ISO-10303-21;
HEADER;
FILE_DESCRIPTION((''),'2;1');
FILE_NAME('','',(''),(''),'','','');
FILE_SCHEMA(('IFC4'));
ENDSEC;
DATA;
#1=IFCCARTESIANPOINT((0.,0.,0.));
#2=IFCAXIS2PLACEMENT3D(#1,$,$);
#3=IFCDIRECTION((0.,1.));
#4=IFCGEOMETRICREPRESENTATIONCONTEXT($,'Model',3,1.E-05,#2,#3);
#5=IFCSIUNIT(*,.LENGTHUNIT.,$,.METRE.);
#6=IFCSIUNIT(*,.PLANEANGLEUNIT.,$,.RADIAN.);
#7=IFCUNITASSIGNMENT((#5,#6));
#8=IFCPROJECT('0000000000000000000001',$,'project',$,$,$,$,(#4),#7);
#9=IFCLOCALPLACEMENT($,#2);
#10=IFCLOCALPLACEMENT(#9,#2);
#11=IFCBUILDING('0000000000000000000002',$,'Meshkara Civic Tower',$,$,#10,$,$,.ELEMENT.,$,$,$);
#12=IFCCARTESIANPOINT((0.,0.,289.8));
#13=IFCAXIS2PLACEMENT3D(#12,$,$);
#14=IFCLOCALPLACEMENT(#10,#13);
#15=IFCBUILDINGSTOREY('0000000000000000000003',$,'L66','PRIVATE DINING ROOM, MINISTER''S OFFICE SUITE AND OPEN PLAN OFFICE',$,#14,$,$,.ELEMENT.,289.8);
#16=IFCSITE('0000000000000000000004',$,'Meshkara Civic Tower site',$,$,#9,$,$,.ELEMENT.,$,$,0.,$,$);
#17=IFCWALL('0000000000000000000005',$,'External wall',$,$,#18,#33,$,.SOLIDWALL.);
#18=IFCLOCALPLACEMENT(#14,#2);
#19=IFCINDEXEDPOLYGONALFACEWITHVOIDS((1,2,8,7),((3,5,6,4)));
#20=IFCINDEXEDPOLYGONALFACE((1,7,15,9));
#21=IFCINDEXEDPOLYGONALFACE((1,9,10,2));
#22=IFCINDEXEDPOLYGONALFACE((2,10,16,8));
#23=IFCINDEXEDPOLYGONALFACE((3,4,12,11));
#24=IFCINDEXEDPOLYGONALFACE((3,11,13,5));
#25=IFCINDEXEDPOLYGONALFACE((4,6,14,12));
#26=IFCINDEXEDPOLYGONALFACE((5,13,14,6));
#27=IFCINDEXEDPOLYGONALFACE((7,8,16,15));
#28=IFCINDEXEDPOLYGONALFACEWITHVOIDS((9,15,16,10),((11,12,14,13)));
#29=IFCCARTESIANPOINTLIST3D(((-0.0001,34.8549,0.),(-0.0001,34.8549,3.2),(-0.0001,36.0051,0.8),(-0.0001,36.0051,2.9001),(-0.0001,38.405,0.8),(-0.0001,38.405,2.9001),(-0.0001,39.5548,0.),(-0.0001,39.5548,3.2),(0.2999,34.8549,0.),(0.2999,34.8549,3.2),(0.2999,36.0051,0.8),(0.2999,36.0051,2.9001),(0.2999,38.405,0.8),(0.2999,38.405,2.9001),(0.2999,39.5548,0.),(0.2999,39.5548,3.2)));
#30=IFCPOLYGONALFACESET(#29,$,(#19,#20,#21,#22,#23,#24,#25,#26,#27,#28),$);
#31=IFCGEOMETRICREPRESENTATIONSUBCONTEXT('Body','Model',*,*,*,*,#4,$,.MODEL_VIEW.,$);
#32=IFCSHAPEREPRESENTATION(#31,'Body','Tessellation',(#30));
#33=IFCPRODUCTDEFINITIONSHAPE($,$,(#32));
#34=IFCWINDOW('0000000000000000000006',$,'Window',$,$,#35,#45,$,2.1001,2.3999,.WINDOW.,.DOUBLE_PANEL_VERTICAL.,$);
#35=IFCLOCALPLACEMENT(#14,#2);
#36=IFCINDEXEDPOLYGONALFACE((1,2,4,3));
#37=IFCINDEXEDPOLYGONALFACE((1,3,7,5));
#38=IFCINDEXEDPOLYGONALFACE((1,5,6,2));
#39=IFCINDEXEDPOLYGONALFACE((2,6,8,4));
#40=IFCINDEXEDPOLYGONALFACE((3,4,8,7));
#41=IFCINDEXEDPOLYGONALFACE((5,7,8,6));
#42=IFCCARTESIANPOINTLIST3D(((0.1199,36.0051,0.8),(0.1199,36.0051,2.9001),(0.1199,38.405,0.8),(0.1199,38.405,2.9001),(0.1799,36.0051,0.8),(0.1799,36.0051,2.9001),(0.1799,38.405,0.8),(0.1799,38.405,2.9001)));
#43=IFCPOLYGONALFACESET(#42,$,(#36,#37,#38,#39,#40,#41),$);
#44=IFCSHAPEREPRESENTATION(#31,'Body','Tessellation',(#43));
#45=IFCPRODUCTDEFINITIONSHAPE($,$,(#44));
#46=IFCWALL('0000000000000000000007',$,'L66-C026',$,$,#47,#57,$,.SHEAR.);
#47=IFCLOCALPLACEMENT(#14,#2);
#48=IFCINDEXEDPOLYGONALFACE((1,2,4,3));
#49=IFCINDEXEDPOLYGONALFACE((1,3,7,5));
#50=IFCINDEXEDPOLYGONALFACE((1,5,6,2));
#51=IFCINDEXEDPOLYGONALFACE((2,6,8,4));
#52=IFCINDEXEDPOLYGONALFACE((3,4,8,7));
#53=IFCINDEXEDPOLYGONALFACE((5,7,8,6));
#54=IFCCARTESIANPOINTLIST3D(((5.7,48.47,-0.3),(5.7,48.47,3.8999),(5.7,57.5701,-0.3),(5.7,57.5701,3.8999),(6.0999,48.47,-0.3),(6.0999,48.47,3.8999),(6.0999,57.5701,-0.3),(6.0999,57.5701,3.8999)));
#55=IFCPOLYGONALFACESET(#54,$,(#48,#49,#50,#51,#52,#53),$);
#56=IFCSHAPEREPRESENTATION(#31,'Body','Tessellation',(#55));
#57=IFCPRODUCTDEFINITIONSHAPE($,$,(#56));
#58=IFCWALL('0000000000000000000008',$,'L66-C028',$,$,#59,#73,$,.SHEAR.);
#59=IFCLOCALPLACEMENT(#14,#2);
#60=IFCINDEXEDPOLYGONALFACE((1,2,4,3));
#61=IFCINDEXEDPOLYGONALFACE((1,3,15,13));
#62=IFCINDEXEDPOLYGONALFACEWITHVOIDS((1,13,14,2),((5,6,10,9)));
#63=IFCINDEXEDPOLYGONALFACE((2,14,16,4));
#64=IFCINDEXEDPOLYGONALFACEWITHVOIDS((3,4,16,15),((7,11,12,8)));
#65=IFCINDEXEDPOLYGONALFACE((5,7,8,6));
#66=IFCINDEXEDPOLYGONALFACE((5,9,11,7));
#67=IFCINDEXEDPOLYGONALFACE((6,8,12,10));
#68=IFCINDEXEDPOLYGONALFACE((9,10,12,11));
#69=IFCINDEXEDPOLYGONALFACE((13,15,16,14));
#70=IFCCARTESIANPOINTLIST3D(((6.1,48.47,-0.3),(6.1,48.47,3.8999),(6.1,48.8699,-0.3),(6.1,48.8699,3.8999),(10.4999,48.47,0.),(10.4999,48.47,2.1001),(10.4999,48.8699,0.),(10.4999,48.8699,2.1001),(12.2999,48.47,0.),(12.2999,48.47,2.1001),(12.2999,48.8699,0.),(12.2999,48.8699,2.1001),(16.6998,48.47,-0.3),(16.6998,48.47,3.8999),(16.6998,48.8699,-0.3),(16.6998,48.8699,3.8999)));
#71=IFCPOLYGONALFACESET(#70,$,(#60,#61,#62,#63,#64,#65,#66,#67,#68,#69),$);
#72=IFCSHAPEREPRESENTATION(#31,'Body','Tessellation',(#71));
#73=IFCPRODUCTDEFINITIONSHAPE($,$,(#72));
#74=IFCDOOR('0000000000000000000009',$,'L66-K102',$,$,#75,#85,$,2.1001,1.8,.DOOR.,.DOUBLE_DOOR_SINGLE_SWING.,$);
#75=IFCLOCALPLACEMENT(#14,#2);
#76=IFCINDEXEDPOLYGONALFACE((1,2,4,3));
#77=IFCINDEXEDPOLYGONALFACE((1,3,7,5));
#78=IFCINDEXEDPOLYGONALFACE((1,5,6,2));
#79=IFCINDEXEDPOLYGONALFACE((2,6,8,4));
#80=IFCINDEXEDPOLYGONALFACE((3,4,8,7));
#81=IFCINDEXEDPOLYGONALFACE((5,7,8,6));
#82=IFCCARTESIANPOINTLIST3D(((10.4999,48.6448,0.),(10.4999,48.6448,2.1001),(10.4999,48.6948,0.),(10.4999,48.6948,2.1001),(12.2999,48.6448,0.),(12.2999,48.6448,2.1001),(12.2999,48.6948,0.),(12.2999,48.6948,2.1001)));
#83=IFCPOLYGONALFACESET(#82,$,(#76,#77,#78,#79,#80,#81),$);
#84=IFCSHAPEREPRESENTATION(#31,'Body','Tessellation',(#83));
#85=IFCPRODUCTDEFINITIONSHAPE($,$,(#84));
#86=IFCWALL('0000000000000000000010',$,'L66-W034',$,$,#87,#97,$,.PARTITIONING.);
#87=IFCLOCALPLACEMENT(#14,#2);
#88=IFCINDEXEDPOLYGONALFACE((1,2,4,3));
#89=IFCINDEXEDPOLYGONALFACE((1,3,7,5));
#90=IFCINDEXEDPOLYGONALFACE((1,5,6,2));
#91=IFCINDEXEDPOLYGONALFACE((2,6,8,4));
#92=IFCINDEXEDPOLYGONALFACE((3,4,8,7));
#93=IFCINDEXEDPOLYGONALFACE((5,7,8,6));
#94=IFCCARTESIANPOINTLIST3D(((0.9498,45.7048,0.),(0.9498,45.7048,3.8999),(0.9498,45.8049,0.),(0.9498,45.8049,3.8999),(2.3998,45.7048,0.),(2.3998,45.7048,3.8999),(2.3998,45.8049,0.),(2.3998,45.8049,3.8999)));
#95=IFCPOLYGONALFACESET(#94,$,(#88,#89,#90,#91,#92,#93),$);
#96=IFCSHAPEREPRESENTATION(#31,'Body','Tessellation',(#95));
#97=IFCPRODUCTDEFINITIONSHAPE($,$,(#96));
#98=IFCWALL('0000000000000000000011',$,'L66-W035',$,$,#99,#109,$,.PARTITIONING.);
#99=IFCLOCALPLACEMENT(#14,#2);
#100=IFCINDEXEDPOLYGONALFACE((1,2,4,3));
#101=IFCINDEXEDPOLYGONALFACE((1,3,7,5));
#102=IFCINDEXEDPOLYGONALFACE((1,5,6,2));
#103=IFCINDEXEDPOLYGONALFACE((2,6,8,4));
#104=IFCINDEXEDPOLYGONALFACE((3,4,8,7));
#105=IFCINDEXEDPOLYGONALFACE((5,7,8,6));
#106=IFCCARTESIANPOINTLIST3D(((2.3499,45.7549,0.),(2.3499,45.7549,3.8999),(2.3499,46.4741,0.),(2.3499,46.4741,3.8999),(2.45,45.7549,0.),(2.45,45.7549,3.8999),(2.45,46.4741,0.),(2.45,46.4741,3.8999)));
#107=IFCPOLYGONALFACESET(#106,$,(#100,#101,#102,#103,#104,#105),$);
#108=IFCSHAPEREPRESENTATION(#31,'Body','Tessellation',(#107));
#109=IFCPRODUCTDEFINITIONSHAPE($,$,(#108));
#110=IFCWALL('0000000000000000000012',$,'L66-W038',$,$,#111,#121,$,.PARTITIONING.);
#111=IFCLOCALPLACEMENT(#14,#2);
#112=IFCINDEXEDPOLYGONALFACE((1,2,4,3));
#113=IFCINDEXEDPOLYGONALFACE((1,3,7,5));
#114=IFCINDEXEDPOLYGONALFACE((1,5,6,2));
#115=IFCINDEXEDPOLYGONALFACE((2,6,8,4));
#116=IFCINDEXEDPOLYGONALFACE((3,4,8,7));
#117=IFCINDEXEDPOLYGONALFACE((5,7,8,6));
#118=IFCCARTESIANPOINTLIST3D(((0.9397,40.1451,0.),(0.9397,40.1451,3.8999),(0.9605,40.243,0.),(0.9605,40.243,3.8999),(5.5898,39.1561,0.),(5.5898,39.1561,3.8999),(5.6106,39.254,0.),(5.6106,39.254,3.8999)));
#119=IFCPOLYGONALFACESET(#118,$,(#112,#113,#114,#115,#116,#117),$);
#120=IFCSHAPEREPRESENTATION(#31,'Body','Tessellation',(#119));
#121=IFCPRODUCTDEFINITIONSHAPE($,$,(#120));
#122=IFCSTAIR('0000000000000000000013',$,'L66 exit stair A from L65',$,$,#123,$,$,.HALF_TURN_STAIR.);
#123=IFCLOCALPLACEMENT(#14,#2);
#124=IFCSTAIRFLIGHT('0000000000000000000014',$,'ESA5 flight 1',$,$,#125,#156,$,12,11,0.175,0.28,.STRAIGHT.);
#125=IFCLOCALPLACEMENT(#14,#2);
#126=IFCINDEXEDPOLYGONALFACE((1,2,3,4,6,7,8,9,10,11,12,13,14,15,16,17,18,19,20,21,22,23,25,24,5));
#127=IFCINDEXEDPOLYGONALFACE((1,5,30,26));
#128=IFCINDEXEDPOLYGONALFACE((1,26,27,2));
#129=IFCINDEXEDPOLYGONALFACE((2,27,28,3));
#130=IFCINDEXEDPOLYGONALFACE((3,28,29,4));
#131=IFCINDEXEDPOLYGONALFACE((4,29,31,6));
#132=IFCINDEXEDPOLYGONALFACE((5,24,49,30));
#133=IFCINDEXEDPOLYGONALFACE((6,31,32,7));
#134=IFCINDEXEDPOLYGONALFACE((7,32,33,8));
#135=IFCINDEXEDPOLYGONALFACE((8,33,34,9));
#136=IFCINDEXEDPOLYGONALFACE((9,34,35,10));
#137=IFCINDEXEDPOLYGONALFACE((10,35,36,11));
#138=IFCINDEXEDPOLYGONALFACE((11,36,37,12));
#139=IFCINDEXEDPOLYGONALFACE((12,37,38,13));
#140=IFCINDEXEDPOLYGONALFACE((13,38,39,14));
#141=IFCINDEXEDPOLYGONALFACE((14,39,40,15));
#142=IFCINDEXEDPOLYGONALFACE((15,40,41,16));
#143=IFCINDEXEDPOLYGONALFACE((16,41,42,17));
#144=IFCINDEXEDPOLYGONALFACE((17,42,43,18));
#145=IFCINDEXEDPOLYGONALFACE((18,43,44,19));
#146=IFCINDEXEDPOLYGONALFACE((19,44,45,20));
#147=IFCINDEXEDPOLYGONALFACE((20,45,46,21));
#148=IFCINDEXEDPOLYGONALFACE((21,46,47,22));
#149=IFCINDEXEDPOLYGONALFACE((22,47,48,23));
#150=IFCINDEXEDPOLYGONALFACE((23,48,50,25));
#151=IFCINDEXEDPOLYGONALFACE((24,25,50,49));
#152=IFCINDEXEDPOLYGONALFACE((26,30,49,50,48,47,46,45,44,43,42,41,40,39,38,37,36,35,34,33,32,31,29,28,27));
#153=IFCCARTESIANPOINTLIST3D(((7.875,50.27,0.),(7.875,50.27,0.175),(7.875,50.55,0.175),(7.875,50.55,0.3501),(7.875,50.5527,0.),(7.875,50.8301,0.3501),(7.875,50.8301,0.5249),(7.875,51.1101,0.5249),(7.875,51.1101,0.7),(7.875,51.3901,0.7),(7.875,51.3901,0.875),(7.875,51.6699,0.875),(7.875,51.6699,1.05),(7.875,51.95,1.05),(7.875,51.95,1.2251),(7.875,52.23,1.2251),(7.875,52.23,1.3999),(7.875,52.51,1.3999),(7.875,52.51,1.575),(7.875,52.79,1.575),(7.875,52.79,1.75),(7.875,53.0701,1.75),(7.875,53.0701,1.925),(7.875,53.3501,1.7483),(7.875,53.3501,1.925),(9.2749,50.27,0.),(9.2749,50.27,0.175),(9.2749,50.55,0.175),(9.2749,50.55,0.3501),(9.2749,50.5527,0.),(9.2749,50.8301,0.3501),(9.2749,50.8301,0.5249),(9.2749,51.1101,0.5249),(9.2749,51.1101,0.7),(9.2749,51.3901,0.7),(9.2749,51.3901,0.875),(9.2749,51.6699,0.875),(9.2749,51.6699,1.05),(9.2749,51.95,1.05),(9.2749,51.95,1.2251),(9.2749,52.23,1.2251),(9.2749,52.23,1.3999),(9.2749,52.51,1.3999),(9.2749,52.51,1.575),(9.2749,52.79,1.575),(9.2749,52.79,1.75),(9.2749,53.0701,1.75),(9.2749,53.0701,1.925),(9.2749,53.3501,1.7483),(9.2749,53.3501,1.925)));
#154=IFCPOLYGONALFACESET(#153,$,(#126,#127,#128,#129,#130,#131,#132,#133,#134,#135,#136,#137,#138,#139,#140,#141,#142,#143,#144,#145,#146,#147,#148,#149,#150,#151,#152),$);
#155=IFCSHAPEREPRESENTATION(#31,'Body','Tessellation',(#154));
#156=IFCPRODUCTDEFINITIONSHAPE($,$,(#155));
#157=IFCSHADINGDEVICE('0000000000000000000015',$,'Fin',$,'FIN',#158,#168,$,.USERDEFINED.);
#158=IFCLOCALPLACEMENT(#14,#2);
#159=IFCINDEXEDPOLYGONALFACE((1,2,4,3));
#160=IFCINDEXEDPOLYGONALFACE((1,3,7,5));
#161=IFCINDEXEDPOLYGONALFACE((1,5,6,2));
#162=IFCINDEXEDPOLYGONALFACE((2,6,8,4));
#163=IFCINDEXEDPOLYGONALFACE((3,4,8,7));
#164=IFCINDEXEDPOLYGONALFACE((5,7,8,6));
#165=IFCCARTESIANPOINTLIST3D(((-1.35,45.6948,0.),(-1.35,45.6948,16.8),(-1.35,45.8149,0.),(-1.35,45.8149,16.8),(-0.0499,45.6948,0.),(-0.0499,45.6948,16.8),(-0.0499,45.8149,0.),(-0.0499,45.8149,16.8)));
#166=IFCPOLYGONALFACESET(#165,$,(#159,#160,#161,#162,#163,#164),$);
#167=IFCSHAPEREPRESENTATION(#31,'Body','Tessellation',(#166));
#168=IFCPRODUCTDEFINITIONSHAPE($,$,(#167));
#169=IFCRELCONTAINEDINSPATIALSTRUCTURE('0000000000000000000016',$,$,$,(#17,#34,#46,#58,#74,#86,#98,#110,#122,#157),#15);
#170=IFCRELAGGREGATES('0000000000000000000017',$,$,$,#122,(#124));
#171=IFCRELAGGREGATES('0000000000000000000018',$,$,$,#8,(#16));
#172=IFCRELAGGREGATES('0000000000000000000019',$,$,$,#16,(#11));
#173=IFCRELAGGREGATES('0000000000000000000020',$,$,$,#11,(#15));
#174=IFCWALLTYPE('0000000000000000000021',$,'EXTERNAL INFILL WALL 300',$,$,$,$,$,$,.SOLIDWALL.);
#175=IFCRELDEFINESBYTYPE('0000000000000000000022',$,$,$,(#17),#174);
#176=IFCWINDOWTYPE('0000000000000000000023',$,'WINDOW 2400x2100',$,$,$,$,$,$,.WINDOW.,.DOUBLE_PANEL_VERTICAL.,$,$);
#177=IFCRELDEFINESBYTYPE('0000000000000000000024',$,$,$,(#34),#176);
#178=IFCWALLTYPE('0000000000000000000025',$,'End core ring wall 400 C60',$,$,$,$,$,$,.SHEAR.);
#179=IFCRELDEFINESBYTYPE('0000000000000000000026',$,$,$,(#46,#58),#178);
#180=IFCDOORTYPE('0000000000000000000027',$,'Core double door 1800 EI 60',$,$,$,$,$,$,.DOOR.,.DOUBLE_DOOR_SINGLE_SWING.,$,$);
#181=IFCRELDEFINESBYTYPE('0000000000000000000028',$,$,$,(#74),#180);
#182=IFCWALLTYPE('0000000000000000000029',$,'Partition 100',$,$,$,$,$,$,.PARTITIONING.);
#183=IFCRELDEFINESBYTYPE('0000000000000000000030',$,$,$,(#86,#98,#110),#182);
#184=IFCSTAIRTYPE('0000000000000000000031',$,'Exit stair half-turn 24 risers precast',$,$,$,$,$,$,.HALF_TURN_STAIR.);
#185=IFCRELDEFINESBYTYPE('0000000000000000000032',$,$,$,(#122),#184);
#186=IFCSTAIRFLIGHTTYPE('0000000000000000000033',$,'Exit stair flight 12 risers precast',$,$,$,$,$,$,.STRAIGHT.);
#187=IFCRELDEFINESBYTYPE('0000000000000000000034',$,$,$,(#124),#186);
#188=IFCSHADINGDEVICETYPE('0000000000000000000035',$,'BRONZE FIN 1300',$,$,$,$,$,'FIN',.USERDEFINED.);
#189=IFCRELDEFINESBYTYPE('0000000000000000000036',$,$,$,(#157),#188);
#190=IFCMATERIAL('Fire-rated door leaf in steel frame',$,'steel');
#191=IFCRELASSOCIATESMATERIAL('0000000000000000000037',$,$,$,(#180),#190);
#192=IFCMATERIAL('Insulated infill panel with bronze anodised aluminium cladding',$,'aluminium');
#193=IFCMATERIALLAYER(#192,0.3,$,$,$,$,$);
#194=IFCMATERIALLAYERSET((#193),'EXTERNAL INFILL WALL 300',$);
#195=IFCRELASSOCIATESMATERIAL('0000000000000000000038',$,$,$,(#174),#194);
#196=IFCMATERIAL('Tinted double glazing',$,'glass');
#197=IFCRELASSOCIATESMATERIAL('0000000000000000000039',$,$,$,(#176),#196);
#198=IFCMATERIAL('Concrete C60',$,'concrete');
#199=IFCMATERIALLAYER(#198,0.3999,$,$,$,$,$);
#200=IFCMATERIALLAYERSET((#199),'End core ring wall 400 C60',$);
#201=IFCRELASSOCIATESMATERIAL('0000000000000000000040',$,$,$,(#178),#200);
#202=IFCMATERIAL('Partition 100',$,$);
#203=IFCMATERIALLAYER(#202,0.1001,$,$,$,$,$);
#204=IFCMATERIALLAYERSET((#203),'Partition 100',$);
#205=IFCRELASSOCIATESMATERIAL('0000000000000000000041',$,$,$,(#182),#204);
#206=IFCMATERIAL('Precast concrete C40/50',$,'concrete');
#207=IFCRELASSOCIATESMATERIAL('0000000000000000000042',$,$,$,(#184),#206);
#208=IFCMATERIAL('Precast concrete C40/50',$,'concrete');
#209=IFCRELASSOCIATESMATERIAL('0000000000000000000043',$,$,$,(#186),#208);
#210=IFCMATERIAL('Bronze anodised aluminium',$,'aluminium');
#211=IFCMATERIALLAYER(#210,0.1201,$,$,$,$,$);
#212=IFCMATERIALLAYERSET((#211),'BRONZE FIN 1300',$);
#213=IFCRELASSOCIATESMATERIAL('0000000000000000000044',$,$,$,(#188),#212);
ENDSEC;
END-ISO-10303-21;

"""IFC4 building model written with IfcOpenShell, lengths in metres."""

from ifc_helpers import new_model, si_unit, direction, frame, frame_2d, origin, origin_2d, place, context, subcontext, project, spatial, polyline, rectangle, outline, extrude, material, layer, layer_set, type_object, element, fill, aggregate, save


model = new_model("IFC4")

# Units and contexts
model_context = context("Model", 3, precision=1e-05, world=origin(), true_north=direction((0.0, 1.0)))
body_context = subcontext(model_context, "Body", "Model", "MODEL_VIEW")
ifc_project = project(units=[si_unit("LENGTHUNIT", "METRE"), si_unit("PLANEANGLEUNIT", "RADIAN")], contexts=[model_context])

# Site, building, storey
site_placement = place(None, origin())
site = spatial("IfcSite", under=ifc_project, at=site_placement, Name="Meshkara Civic Tower site", CompositionType="ELEMENT", RefElevation=0.0)
building_placement = place(site_placement, origin())
building = spatial("IfcBuilding", under=site, at=building_placement, Name="Meshkara Civic Tower", CompositionType="ELEMENT")
storey_placement = place(building_placement, frame((0.0, 0.0, 289.8)))
storey = spatial("IfcBuildingStorey", under=building, at=storey_placement, Name="L66", Description="PRIVATE DINING ROOM, MINISTER'S OFFICE SUITE AND OPEN PLAN OFFICE", CompositionType="ELEMENT", Elevation=289.8)

# Shared definitions
ifc_material_1 = material(Name="Fire-rated door leaf in steel frame", Category="steel")
door_type_1 = type_object("IfcDoorType", Name="Core double door 1800 EI 60", OperationType="DOUBLE_DOOR_SINGLE_SWING", PredefinedType="DOOR", material=ifc_material_1)

# Wall, opening, window
ifc_material_2 = material(Name="Insulated infill panel with bronze anodised aluminium cladding", Category="aluminium")
ifc_layer_1 = layer(ifc_material_2, 0.3)
ifc_layer_set_1 = layer_set([ifc_layer_1], Name="EXTERNAL INFILL WALL 300")
wall_type_1 = type_object("IfcWallType", Name="EXTERNAL INFILL WALL 300", PredefinedType="SOLIDWALL", material=ifc_layer_set_1)
ifc_material_3 = material(Name="Tinted double glazing", Category="glass")
window_type = type_object("IfcWindowType", Name="WINDOW 2400x2100", PartitioningType="DOUBLE_PANEL_VERTICAL", PredefinedType="WINDOW", material=ifc_material_3)
wall_1_placement = place(storey_placement, frame((0.1499, 39.5549, 0.0), z_axis=(0.0, 0.0, 1.0), x_axis=(0.0, -1.0, 0.0)))
wall_1 = element("IfcWall", 1, at=wall_1_placement, inside=storey, type_object=wall_type_1, Name="External wall", PredefinedType="SOLIDWALL", context=body_context, shape_type="SweptSolid", body=[
    extrude(rectangle(XDim=4.7, YDim=0.3, at=frame_2d((2.3501, 0.0))), origin(), (0.0, 0.0, 1.0), 3.2),
])
opening_1_placement = place(wall_1_placement, frame((1.1499, 0.0, 0.8)))
opening_1 = element("IfcOpeningElement", 2, at=opening_1_placement, cuts=wall_1, PredefinedType="OPENING", context=body_context, shape_type="SweptSolid", body=[
    extrude(rectangle(XDim=2.3999, YDim=2.1001, at=frame_2d((1.2, 1.05))), frame((0.0, 0.1599, 0.0), z_axis=(0.0, -1.0, 0.0), x_axis=(1.0, 0.0, 0.0)), (0.0, 0.0, 1.0), 0.3201),
])
window_1_placement = place(opening_1_placement, origin())
window_1 = element("IfcWindow", 3, at=window_1_placement, inside=storey, type_object=window_type, Name="Window", OverallHeight=2.1001, OverallWidth=2.3999, PartitioningType="DOUBLE_PANEL_VERTICAL", PredefinedType="WINDOW", context=body_context, shape_type="SweptSolid", body=[
    extrude(rectangle(XDim=2.3999, YDim=2.1001, at=frame_2d((1.2, 1.05))), frame((0.0, 0.03, 0.0), z_axis=(0.0, -1.0, 0.0), x_axis=(1.0, 0.0, 0.0)), (0.0, 0.0, 1.0), 0.0601),
])
fill(opening_1, window_1)

# Wall
ifc_material_4 = material(Name="Concrete C60", Category="concrete")
ifc_layer_2 = layer(ifc_material_4, 0.3999)
ifc_layer_set_2 = layer_set([ifc_layer_2], Name="End core ring wall 400 C60")
wall_type_2 = type_object("IfcWallType", Name="End core ring wall 400 C60", PredefinedType="SHEAR", material=ifc_layer_set_2)
wall_2_placement = place(storey_placement, frame((5.8999, 48.47, -0.3), z_axis=(0.0, 0.0, 1.0), x_axis=(0.0, 1.0, 0.0)))
element("IfcWall", 4, at=wall_2_placement, inside=storey, type_object=wall_type_2, Name="L66-C026", PredefinedType="SHEAR", context=body_context, shape_type="SweptSolid", body=[
    extrude(rectangle(XDim=9.1001, YDim=0.3999, at=frame_2d((4.55, 0.0))), origin(), (0.0, 0.0, 1.0), 4.2),
])

# Wall, opening, door
wall_3_placement = place(storey_placement, frame((6.1001, 48.6699, -0.3), z_axis=(0.0, 0.0, 1.0), x_axis=(1.0, 0.0, 0.0)))
wall_3 = element("IfcWall", 5, at=wall_3_placement, inside=storey, type_object=wall_type_2, Name="L66-C028", PredefinedType="SHEAR", context=body_context, shape_type="SweptSolid", body=[
    extrude(rectangle(XDim=10.5999, YDim=0.3999, at=frame_2d((5.2998, 0.0))), origin(), (0.0, 0.0, 1.0), 4.2),
])
opening_2_placement = place(wall_3_placement, frame((4.3999, 0.0, 0.3)))
opening_2 = element("IfcOpeningElement", 6, at=opening_2_placement, cuts=wall_3, PredefinedType="OPENING", context=body_context, shape_type="SweptSolid", body=[
    extrude(rectangle(XDim=1.8, YDim=2.1001, at=frame_2d((0.8999, 1.05))), frame((0.0, 0.21, 0.0), z_axis=(0.0, -1.0, 0.0), x_axis=(1.0, 0.0, 0.0)), (0.0, 0.0, 1.0), 0.4199),
])
door_1_placement = place(opening_2_placement, origin())
door_1 = element("IfcDoor", 7, at=door_1_placement, inside=storey, type_object=door_type_1, Name="L66-K102", OperationType="DOUBLE_DOOR_SINGLE_SWING", OverallHeight=2.1001, OverallWidth=1.8, PredefinedType="DOOR", context=body_context, shape_type="SweptSolid", body=[
    extrude(rectangle(XDim=1.8, YDim=2.1001, at=frame_2d((0.8999, 1.05))), frame((0.0, 0.0249, 0.0), z_axis=(0.0, -1.0, 0.0), x_axis=(1.0, 0.0, 0.0)), (0.0, 0.0, 1.0), 0.05),
])
fill(opening_2, door_1)

# Walls
ifc_material_5 = material(Name="Partition 100")
ifc_layer_3 = layer(ifc_material_5, 0.1001)
ifc_layer_set_3 = layer_set([ifc_layer_3], Name="Partition 100")
wall_type_3 = type_object("IfcWallType", Name="Partition 100", PredefinedType="PARTITIONING", material=ifc_layer_set_3)
wall_4_placement = place(storey_placement, frame((2.3999, 45.7549, 0.0), z_axis=(0.0, 0.0, 1.0), x_axis=(-1.0, 0.0, 0.0)))
element("IfcWall", 8, at=wall_4_placement, inside=storey, type_object=wall_type_3, Name="L66-W034", PredefinedType="PARTITIONING", context=body_context, shape_type="SweptSolid", body=[
    extrude(rectangle(XDim=1.45, YDim=0.1001, at=frame_2d((0.7251, 0.0))), origin(), (0.0, 0.0, 1.0), 3.8999),
])
wall_5_placement = place(storey_placement, frame((2.3999, 46.4741, 0.0), z_axis=(0.0, 0.0, 1.0), x_axis=(0.0, -1.0, 0.0)))
element("IfcWall", 9, at=wall_5_placement, inside=storey, type_object=wall_type_3, Name="L66-W035", PredefinedType="PARTITIONING", context=body_context, shape_type="SweptSolid", body=[
    extrude(rectangle(XDim=0.7192, YDim=0.1001, at=frame_2d((0.3596, 0.0))), origin(), (0.0, 0.0, 1.0), 3.8999),
])
wall_6_placement = place(storey_placement, frame((5.6001, 39.2051, 0.0), z_axis=(0.0, 0.0, 1.0), x_axis=(-0.978122, 0.208031, 0.0)))
element("IfcWall", 10, at=wall_6_placement, inside=storey, type_object=wall_type_3, Name="L66-W038", PredefinedType="PARTITIONING", context=body_context, shape_type="SweptSolid", body=[
    extrude(rectangle(XDim=4.7542, YDim=0.1001, at=frame_2d((2.377, 0.0))), origin(), (0.0, 0.0, 1.0), 3.8999),
])

# Stair, stair flight
ifc_material_6 = material(Name="Precast concrete C40/50", Category="concrete")
stair_type = type_object("IfcStairType", Name="Exit stair half-turn 24 risers precast", PredefinedType="HALF_TURN_STAIR", material=ifc_material_6)
stair_placement = place(storey_placement, origin())
stair = element("IfcStair", 11, at=stair_placement, inside=storey, type_object=stair_type, Name="L66 exit stair A from L65", PredefinedType="HALF_TURN_STAIR")
ifc_material_7 = material(Name="Precast concrete C40/50", Category="concrete")
stair_flight_type = type_object("IfcStairFlightType", Name="Exit stair flight 12 risers precast", PredefinedType="STRAIGHT", material=ifc_material_7)
stair_flight_placement = place(storey_placement, frame((8.575, 50.27, 0.0), z_axis=(0.0, 0.0, 1.0), x_axis=(0.0, 1.0, 0.0)))
stair_flight = element("IfcStairFlight", 12, at=stair_flight_placement, type_object=stair_flight_type, Name="ESA5 flight 1", NumberOfRisers=12, NumberOfTreads=11, PredefinedType="STRAIGHT", RiserHeight=0.175, TreadLength=0.28, context=body_context, shape_type="SweptSolid", body=[
    extrude(outline(polyline([(0.0, 0.0), (0.0, 0.175), (0.28, 0.175), (0.28, 0.3501), (0.5601, 0.3501), (0.5601, 0.5249), (0.8401, 0.5249), (0.8401, 0.7), (1.1201, 0.7), (1.1201, 0.875), (1.3999, 0.875), (1.3999, 1.05), (1.6799, 1.05), (1.6799, 1.2251), (1.96, 1.2251), (1.96, 1.3999), (2.24, 1.3999), (2.24, 1.575), (2.52, 1.575), (2.52, 1.75), (2.8, 1.75), (2.8, 1.925), (3.0801, 1.925), (3.0801, 2.1001), (3.0801, 1.7483), (0.2827, 0.0), (0.0, 0.0)])), frame((0.0, 0.7, 0.0), z_axis=(0.0, -1.0, 0.0), x_axis=(1.0, 0.0, 0.0)), (0.0, 0.0, 1.0), 1.3999),
])
aggregate(stair, [stair_flight])

# Shading device
ifc_material_8 = material(Name="Bronze anodised aluminium", Category="aluminium")
ifc_layer_4 = layer(ifc_material_8, 0.1201)
ifc_layer_set_4 = layer_set([ifc_layer_4], Name="BRONZE FIN 1300")
shading_device_type_1 = type_object("IfcShadingDeviceType", Name="BRONZE FIN 1300", ElementType="FIN", PredefinedType="USERDEFINED", material=ifc_layer_set_4)
for number, where, z_axis, x_axis, name in (
    (13, (-0.7, 45.7549, 0.0), (0.0, 0.0, 1.0), (0.0, -1.0, 0.0), "Fin"),
):
    element("IfcShadingDevice", number, at=place(storey_placement, frame(where, z_axis=z_axis, x_axis=x_axis)), inside=storey, type_object=shading_device_type_1, Name=name, ObjectType="FIN", PredefinedType="USERDEFINED", context=body_context, shape_type="SweptSolid", body=[
        extrude(rectangle(XDim=0.1201, YDim=1.3, at=origin_2d()), origin(), (0.0, 0.0, 1.0), 16.8),
    ])

save(model, "model.ifc")
